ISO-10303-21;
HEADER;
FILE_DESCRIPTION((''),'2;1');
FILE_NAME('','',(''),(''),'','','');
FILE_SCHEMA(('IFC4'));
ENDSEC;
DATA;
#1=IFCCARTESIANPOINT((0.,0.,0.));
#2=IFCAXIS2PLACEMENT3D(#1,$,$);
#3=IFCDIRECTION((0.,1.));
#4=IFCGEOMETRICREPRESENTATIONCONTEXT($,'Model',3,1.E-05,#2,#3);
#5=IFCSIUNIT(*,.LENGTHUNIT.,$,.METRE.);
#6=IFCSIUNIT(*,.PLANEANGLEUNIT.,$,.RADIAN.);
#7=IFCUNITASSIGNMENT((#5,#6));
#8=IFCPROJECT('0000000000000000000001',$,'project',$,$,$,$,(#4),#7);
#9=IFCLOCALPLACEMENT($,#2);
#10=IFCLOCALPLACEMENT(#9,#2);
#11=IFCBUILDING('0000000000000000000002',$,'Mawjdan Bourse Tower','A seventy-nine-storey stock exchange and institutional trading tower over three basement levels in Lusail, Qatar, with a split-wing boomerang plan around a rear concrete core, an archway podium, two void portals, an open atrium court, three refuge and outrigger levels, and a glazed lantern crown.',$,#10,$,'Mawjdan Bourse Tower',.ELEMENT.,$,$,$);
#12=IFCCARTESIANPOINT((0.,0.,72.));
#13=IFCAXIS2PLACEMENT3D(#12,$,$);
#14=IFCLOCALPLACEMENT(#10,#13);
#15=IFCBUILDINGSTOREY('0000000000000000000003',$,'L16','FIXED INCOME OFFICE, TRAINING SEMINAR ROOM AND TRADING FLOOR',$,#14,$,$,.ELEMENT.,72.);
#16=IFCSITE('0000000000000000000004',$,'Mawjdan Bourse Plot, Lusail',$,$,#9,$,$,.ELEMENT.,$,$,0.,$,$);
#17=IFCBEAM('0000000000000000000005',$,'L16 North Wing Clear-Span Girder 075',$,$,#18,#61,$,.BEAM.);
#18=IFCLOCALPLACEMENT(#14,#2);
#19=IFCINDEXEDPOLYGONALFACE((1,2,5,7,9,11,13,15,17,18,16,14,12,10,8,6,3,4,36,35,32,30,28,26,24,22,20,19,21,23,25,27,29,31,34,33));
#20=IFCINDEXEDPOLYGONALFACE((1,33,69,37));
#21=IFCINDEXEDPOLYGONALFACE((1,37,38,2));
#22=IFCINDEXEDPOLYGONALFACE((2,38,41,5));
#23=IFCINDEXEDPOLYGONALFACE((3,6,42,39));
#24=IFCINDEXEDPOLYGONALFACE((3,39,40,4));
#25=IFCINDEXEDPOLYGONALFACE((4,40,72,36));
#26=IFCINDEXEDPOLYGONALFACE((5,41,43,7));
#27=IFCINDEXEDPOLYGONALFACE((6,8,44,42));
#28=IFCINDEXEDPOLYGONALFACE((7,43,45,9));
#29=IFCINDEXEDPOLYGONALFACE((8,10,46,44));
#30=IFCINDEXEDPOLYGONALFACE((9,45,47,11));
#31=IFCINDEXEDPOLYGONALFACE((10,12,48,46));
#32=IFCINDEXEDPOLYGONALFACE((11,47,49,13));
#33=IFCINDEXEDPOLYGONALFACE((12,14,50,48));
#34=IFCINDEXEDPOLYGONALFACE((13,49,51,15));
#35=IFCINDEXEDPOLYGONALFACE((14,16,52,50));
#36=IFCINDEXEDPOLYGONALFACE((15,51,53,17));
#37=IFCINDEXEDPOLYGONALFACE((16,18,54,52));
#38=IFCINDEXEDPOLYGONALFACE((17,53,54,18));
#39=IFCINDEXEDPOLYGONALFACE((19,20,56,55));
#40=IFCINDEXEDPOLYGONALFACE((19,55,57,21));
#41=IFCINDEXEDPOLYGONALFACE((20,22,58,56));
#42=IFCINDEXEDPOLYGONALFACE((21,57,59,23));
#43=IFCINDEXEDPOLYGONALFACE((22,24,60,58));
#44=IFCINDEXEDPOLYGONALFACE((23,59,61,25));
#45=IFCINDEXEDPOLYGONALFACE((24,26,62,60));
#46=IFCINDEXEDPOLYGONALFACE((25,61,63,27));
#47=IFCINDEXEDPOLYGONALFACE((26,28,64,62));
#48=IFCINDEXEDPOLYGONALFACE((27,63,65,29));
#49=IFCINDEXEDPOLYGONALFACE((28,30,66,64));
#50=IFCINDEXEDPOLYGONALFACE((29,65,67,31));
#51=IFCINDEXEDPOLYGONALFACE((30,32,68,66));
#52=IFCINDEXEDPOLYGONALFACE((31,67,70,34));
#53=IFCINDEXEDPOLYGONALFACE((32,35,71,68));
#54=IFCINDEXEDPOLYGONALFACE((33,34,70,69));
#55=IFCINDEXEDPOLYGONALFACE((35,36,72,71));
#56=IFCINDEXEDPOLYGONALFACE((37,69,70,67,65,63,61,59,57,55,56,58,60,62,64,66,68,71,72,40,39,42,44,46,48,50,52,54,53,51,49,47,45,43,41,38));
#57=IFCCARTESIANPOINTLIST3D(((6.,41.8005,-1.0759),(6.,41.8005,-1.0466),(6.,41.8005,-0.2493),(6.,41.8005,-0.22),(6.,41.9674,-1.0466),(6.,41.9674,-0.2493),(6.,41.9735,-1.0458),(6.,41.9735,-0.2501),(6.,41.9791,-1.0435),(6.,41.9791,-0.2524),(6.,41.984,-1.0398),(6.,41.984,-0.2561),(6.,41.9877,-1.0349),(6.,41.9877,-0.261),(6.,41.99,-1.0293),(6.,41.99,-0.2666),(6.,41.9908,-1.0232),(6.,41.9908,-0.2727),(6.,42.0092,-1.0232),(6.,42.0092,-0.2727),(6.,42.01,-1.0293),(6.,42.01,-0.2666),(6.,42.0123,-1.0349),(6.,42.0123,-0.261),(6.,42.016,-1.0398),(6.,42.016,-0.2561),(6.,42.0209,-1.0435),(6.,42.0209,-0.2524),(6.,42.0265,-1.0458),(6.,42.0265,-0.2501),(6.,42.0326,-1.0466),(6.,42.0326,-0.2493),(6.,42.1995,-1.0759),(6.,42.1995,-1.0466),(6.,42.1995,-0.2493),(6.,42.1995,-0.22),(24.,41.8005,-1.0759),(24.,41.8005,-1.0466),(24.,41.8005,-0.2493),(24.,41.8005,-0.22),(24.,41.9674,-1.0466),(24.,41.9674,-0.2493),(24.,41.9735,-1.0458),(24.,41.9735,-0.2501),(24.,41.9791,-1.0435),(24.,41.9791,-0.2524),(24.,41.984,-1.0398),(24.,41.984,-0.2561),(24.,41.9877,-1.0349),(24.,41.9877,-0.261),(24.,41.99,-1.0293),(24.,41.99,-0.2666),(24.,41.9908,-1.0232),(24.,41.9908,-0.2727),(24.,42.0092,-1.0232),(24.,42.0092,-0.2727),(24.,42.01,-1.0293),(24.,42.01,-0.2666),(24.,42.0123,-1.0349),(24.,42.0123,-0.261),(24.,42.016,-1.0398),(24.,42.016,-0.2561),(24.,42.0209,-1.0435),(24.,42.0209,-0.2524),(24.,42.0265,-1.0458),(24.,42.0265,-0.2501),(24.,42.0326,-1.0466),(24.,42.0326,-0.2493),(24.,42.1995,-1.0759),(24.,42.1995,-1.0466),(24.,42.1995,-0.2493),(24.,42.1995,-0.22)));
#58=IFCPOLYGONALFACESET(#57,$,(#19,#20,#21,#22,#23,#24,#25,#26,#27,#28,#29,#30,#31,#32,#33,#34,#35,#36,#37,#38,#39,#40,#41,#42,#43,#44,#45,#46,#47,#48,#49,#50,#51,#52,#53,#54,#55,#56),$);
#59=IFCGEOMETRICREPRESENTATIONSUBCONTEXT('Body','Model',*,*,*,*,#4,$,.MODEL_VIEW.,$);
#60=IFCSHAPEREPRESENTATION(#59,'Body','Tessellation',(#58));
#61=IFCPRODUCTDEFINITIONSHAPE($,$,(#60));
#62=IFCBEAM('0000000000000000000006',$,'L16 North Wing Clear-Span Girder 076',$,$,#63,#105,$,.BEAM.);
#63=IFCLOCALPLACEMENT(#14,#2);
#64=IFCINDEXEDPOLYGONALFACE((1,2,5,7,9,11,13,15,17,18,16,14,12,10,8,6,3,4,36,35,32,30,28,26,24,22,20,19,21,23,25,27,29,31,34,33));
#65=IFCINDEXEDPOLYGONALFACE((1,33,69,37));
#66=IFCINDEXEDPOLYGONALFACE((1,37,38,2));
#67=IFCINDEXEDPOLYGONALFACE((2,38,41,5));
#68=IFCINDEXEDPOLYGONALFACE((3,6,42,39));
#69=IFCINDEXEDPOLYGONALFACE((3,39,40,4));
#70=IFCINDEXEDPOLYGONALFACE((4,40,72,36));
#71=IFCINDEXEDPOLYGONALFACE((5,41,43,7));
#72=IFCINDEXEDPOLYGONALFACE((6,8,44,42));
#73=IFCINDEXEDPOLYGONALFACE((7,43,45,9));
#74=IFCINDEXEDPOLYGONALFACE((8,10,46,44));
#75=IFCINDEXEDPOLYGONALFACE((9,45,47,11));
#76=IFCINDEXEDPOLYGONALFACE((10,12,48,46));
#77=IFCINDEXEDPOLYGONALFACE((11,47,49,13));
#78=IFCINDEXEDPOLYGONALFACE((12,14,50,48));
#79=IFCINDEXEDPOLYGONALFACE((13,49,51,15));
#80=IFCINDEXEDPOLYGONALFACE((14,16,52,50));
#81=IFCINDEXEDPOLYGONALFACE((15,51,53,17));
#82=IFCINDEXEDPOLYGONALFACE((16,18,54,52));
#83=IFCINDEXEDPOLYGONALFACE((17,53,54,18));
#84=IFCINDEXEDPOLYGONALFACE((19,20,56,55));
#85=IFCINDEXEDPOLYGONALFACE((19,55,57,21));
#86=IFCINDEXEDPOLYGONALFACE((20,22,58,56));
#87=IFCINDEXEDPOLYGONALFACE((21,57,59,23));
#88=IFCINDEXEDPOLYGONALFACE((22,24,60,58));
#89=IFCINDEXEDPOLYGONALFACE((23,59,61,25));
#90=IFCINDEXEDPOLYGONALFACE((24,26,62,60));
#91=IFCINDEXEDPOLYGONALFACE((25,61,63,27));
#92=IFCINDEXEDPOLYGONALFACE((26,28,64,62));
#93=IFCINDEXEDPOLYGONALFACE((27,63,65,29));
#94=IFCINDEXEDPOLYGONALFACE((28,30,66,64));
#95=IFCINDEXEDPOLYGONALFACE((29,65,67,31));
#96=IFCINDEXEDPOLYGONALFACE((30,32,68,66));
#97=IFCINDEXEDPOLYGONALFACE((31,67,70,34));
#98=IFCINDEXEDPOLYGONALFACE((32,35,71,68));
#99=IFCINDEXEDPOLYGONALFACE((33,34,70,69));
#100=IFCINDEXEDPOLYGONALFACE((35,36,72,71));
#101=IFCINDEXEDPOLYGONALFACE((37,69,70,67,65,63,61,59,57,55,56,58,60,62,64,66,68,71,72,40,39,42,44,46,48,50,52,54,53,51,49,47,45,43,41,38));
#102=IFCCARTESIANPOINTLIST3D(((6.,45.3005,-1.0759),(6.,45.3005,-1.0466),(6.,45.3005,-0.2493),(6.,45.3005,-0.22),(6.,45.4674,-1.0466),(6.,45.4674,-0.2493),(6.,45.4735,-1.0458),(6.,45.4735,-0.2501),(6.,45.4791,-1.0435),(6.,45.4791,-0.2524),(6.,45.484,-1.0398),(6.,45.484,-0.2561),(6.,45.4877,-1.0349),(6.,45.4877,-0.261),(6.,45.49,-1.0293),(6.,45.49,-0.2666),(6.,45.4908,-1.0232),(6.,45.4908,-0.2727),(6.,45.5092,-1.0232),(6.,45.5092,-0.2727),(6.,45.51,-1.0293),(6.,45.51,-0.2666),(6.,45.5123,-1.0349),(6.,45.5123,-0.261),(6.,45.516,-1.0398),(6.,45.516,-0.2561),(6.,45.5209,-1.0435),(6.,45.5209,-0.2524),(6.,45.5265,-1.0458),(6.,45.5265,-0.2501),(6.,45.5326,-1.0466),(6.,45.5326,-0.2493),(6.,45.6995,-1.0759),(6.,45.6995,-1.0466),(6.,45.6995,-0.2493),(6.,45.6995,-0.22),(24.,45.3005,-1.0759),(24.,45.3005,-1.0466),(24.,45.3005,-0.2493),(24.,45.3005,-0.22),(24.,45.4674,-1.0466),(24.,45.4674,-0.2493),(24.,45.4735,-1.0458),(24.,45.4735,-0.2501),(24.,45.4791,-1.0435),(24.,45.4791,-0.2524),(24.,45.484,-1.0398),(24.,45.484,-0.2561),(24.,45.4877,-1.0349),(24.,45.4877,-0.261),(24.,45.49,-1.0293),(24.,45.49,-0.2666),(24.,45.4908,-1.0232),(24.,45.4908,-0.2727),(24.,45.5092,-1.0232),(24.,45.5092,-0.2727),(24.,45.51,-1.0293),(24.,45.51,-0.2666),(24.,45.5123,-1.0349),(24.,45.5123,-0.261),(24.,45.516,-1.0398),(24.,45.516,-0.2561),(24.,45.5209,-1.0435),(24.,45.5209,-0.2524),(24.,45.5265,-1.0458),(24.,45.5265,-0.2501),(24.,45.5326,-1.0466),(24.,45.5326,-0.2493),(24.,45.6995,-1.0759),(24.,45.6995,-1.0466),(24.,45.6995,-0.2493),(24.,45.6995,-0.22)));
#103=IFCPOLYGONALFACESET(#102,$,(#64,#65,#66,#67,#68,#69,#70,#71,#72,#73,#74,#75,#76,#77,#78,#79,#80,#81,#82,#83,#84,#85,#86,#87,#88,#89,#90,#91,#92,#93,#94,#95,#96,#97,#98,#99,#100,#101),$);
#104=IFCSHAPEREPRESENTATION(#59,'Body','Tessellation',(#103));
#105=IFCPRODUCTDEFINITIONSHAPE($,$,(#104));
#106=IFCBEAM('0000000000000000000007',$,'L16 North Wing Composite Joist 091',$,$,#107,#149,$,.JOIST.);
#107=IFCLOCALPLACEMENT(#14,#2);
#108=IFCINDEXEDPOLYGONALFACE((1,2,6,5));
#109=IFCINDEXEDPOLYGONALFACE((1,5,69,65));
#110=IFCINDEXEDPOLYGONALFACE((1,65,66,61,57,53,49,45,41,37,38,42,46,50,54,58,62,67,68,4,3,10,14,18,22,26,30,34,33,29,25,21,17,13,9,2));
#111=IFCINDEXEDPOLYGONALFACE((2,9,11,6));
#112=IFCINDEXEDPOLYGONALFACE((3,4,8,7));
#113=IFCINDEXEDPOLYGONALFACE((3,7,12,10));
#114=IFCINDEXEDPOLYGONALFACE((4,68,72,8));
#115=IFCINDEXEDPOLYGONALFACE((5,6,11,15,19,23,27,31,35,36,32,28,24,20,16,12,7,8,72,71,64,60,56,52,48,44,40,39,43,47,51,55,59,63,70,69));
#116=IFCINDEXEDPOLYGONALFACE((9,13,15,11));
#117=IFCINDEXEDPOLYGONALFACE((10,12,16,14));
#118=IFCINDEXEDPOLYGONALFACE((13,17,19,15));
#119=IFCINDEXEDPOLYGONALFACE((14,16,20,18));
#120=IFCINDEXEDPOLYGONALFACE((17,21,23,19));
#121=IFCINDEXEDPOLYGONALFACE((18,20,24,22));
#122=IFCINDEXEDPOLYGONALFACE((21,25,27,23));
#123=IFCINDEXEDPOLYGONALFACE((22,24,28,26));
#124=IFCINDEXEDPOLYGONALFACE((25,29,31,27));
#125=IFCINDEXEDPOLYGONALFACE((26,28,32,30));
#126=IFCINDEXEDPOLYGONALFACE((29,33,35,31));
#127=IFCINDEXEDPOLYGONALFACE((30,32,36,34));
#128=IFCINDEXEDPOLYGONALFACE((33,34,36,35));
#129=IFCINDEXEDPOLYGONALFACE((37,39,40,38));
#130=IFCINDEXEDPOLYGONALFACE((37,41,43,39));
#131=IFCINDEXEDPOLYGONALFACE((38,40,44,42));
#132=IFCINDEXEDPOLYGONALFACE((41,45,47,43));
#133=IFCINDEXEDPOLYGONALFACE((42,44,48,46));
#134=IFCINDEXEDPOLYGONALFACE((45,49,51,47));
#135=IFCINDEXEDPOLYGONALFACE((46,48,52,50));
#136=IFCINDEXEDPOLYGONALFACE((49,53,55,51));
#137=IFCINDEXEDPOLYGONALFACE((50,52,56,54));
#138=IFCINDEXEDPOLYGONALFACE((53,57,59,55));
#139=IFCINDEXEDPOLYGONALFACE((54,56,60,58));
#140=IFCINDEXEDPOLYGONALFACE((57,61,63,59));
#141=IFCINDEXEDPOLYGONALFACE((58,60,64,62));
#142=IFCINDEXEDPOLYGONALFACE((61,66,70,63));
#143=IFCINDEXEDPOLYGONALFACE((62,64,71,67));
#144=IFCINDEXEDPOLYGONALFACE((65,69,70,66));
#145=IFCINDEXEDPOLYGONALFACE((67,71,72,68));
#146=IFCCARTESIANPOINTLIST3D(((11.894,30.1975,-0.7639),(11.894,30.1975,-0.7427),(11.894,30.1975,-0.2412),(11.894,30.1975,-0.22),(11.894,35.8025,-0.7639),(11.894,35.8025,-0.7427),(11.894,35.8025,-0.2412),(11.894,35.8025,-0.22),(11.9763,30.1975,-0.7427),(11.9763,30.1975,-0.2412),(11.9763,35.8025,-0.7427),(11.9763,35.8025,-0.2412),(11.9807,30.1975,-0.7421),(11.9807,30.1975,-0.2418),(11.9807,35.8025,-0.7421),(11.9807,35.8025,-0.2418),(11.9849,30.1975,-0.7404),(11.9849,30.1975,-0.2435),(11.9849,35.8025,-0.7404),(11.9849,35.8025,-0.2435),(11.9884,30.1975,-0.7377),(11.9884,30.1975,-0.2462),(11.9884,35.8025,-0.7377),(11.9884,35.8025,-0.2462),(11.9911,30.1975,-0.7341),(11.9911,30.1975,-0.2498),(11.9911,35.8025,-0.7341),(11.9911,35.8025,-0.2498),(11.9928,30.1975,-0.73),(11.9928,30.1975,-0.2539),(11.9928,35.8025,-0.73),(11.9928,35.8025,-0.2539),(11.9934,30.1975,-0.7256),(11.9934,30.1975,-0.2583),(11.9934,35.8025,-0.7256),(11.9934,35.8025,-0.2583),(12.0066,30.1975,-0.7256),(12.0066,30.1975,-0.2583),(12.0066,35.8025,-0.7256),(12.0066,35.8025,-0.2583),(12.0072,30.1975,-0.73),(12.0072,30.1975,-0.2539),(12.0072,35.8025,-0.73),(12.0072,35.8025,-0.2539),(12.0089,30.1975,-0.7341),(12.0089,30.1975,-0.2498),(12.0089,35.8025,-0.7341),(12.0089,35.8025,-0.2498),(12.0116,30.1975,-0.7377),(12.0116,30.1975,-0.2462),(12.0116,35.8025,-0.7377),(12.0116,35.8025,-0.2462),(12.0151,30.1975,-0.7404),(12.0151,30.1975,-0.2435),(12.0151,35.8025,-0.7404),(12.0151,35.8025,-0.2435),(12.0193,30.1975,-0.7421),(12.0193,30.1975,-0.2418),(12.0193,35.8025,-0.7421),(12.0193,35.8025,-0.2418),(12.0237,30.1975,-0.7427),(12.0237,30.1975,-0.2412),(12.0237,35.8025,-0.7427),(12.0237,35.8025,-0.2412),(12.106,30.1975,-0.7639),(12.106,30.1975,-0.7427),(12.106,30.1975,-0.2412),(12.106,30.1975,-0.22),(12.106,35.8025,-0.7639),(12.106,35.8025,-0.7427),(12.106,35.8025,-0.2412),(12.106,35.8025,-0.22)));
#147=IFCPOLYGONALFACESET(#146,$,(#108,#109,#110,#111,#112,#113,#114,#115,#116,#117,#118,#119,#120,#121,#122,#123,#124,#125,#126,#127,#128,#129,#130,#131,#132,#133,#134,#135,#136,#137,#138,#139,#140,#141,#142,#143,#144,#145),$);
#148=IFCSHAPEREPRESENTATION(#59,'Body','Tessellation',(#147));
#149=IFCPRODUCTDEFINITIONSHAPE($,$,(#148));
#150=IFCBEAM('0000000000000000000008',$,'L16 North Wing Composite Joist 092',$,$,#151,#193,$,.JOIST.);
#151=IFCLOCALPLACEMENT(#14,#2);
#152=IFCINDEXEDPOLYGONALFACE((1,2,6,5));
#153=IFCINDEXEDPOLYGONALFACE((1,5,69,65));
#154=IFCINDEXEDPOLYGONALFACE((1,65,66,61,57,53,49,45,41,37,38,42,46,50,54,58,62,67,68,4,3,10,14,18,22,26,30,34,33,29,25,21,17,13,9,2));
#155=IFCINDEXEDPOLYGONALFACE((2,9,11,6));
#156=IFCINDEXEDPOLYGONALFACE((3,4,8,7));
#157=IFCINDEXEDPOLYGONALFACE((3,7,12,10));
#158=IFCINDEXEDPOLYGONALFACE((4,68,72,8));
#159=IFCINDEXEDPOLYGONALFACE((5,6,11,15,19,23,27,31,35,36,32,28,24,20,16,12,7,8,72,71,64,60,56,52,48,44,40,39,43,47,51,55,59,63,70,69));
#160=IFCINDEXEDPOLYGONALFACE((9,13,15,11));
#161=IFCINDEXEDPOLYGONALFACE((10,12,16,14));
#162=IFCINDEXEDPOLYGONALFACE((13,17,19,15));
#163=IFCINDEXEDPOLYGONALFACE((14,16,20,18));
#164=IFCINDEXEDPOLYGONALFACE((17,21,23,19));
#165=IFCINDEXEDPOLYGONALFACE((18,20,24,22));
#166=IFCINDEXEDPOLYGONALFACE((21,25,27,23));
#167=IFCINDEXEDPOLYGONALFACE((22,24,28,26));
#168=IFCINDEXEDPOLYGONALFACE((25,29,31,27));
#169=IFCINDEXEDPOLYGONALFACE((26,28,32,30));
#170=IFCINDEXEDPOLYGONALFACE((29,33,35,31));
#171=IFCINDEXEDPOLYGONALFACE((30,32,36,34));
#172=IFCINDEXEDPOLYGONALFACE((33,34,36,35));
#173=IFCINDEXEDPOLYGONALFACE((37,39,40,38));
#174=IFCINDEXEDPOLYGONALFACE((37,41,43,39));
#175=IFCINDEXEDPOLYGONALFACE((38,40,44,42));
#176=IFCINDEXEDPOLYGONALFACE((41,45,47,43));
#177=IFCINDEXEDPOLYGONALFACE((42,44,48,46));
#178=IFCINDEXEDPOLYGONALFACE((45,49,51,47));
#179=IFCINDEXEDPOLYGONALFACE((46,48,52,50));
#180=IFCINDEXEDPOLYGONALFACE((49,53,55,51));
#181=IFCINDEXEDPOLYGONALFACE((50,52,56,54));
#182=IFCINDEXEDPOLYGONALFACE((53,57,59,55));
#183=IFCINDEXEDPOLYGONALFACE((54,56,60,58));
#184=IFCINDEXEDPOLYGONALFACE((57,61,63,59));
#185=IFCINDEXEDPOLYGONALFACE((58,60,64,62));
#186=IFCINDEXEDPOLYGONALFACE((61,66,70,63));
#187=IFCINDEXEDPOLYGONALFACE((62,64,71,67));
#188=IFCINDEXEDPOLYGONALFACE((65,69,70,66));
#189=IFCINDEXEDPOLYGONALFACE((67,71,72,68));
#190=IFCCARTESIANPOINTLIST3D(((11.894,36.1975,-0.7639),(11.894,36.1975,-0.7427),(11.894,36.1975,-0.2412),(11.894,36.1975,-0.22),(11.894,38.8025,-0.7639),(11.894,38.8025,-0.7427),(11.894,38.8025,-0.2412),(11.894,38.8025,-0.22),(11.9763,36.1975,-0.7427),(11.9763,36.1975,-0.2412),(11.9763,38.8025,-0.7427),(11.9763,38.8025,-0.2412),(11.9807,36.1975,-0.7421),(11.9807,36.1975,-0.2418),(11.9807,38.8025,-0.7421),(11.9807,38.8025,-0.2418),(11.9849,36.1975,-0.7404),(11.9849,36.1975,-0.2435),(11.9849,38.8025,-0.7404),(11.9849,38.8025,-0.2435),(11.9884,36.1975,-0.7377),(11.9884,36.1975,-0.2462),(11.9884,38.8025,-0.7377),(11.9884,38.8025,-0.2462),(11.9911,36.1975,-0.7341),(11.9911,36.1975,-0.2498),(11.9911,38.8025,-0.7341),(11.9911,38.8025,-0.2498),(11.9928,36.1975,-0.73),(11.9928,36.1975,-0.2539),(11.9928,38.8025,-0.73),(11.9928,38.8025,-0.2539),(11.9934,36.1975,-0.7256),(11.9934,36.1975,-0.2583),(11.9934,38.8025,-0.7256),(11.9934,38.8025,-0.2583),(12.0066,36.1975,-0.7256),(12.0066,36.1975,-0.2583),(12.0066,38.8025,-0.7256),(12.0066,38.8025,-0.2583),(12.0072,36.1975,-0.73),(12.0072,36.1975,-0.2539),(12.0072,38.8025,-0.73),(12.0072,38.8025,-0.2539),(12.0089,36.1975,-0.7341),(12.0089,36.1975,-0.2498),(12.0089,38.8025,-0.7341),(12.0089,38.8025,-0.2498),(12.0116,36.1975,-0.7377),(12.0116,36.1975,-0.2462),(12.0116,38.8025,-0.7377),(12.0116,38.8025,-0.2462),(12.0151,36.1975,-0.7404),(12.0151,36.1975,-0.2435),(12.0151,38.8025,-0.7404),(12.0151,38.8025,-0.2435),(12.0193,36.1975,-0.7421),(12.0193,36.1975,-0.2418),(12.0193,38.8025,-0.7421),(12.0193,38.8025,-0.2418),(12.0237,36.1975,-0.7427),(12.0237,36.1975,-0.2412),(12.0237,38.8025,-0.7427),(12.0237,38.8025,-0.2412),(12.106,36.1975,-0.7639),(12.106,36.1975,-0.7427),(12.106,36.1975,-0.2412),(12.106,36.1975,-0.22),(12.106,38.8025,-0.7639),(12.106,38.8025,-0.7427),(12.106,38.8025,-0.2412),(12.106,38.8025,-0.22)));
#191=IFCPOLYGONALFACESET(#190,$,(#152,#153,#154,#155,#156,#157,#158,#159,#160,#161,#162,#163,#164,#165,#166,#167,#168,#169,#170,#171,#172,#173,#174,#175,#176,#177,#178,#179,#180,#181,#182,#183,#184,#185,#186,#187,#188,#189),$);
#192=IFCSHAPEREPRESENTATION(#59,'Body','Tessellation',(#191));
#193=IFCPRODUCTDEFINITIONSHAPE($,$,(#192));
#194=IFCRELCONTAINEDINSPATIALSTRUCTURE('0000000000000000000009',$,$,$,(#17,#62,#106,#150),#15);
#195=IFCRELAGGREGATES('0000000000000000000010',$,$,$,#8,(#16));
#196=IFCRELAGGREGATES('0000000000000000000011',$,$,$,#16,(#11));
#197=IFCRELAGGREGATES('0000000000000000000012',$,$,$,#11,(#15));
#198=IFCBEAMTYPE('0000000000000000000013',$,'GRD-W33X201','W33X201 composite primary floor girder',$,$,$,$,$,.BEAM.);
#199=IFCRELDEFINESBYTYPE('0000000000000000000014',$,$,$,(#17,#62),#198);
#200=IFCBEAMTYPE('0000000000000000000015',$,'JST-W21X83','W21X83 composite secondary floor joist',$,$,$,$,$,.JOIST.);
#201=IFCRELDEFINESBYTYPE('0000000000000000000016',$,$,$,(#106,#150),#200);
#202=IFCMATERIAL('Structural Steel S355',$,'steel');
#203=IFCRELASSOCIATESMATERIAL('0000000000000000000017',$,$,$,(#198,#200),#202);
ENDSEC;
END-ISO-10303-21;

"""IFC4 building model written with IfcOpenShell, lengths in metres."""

from ifc_helpers import new_model, si_unit, direction, frame, origin, origin_2d, place, context, subcontext, project, spatial, i_section, extrude, material, material_profile, profile_set, type_object, element, save


model = new_model("IFC4")

# Units and contexts
model_context = context("Model", 3, precision=1e-05, world=origin(), true_north=direction((0.0, 1.0)))
body_context = subcontext(model_context, "Body", "Model", "MODEL_VIEW")
ifc_project = project(units=[si_unit("LENGTHUNIT", "METRE"), si_unit("PLANEANGLEUNIT", "RADIAN")], contexts=[model_context])

# Site, building, storey
site_placement = place(None, origin())
site = spatial("IfcSite", under=ifc_project, at=site_placement, Name="Mawjdan Bourse Plot, Lusail", CompositionType="ELEMENT", RefElevation=0.0)
building_placement = place(site_placement, origin())
building = spatial("IfcBuilding", under=site, at=building_placement, Name="Mawjdan Bourse Tower", Description="A seventy-nine-storey stock exchange and institutional trading tower over three basement levels in Lusail, Qatar, with a split-wing boomerang plan around a rear concrete core, an archway podium, two void portals, an open atrium court, three refuge and outrigger levels, and a glazed lantern crown.", LongName="Mawjdan Bourse Tower", CompositionType="ELEMENT")
storey_placement = place(building_placement, frame((0.0, 0.0, 72.0)))
storey = spatial("IfcBuildingStorey", under=building, at=storey_placement, Name="L16", Description="FIXED INCOME OFFICE, TRAINING SEMINAR ROOM AND TRADING FLOOR", CompositionType="ELEMENT", Elevation=72.0)

# Beams
ifc_material_1 = material(Name="Structural Steel S355", Category="steel")
ifc_material_profile_1 = material_profile(ifc_material_1, i_section(OverallWidth=0.3989, OverallDepth=0.856, WebThickness=0.0183, FlangeThickness=0.0293, FilletRadius=0.0234, at=origin_2d()), Name="W33X201")
ifc_profile_set_1 = profile_set([ifc_material_profile_1], Name="Structural Steel S355")
beam_type_1 = type_object("IfcBeamType", Name="GRD-W33X201", Description="W33X201 composite primary floor girder", PredefinedType="BEAM", material=ifc_profile_set_1)
for number, where, z_axis, x_axis, name in (
    (1, (6.0, 42.0, -0.6479), (1.0, 0.0, 0.0), (0.0, 1.0, 0.0), "L16 North Wing Clear-Span Girder 075"),
    (2, (6.0, 45.5, -0.6479), (1.0, 0.0, 0.0), (0.0, 1.0, 0.0), "L16 North Wing Clear-Span Girder 076"),
):
    element("IfcBeam", number, at=place(storey_placement, frame(where, z_axis=z_axis, x_axis=x_axis)), inside=storey, type_object=beam_type_1, Name=name, PredefinedType="BEAM", context=body_context, shape_type="SweptSolid", body=[
        extrude(i_section(OverallWidth=0.3989, OverallDepth=0.856, WebThickness=0.0183, FlangeThickness=0.0293, FilletRadius=0.0234, at=origin_2d()), origin(), (0.0, 0.0, 1.0), 18.0),
    ])
ifc_material_profile_2 = material_profile(ifc_material_1, i_section(OverallWidth=0.2119, OverallDepth=0.5439, WebThickness=0.0132, FlangeThickness=0.0212, FilletRadius=0.0171, at=origin_2d()), Name="W21X83")
ifc_profile_set_2 = profile_set([ifc_material_profile_2], Name="Structural Steel S355")
beam_type_2 = type_object("IfcBeamType", Name="JST-W21X83", Description="W21X83 composite secondary floor joist", PredefinedType="JOIST", material=ifc_profile_set_2)
beam_1_placement = place(storey_placement, frame((12.0, 30.1975, -0.4919), z_axis=(0.0, 1.0, 0.0), x_axis=(-1.0, 0.0, 0.0)))
element("IfcBeam", 3, at=beam_1_placement, inside=storey, type_object=beam_type_2, Name="L16 North Wing Composite Joist 091", PredefinedType="JOIST", context=body_context, shape_type="SweptSolid", body=[
    extrude(i_section(OverallWidth=0.2119, OverallDepth=0.5439, WebThickness=0.0132, FlangeThickness=0.0212, FilletRadius=0.0171, at=origin_2d()), origin(), (0.0, 0.0, 1.0), 5.605),
])
for number, where, z_axis, x_axis, name in (
    (4, (12.0, 36.1975, -0.4919), (0.0, 1.0, 0.0), (-1.0, 0.0, 0.0), "L16 North Wing Composite Joist 092"),
):
    element("IfcBeam", number, at=place(storey_placement, frame(where, z_axis=z_axis, x_axis=x_axis)), inside=storey, type_object=beam_type_2, Name=name, PredefinedType="JOIST", context=body_context, shape_type="SweptSolid", body=[
        extrude(i_section(OverallWidth=0.2119, OverallDepth=0.5439, WebThickness=0.0132, FlangeThickness=0.0212, FilletRadius=0.0171, at=origin_2d()), origin(), (0.0, 0.0, 1.0), 2.605),
    ])

save(model, "model.ifc")
